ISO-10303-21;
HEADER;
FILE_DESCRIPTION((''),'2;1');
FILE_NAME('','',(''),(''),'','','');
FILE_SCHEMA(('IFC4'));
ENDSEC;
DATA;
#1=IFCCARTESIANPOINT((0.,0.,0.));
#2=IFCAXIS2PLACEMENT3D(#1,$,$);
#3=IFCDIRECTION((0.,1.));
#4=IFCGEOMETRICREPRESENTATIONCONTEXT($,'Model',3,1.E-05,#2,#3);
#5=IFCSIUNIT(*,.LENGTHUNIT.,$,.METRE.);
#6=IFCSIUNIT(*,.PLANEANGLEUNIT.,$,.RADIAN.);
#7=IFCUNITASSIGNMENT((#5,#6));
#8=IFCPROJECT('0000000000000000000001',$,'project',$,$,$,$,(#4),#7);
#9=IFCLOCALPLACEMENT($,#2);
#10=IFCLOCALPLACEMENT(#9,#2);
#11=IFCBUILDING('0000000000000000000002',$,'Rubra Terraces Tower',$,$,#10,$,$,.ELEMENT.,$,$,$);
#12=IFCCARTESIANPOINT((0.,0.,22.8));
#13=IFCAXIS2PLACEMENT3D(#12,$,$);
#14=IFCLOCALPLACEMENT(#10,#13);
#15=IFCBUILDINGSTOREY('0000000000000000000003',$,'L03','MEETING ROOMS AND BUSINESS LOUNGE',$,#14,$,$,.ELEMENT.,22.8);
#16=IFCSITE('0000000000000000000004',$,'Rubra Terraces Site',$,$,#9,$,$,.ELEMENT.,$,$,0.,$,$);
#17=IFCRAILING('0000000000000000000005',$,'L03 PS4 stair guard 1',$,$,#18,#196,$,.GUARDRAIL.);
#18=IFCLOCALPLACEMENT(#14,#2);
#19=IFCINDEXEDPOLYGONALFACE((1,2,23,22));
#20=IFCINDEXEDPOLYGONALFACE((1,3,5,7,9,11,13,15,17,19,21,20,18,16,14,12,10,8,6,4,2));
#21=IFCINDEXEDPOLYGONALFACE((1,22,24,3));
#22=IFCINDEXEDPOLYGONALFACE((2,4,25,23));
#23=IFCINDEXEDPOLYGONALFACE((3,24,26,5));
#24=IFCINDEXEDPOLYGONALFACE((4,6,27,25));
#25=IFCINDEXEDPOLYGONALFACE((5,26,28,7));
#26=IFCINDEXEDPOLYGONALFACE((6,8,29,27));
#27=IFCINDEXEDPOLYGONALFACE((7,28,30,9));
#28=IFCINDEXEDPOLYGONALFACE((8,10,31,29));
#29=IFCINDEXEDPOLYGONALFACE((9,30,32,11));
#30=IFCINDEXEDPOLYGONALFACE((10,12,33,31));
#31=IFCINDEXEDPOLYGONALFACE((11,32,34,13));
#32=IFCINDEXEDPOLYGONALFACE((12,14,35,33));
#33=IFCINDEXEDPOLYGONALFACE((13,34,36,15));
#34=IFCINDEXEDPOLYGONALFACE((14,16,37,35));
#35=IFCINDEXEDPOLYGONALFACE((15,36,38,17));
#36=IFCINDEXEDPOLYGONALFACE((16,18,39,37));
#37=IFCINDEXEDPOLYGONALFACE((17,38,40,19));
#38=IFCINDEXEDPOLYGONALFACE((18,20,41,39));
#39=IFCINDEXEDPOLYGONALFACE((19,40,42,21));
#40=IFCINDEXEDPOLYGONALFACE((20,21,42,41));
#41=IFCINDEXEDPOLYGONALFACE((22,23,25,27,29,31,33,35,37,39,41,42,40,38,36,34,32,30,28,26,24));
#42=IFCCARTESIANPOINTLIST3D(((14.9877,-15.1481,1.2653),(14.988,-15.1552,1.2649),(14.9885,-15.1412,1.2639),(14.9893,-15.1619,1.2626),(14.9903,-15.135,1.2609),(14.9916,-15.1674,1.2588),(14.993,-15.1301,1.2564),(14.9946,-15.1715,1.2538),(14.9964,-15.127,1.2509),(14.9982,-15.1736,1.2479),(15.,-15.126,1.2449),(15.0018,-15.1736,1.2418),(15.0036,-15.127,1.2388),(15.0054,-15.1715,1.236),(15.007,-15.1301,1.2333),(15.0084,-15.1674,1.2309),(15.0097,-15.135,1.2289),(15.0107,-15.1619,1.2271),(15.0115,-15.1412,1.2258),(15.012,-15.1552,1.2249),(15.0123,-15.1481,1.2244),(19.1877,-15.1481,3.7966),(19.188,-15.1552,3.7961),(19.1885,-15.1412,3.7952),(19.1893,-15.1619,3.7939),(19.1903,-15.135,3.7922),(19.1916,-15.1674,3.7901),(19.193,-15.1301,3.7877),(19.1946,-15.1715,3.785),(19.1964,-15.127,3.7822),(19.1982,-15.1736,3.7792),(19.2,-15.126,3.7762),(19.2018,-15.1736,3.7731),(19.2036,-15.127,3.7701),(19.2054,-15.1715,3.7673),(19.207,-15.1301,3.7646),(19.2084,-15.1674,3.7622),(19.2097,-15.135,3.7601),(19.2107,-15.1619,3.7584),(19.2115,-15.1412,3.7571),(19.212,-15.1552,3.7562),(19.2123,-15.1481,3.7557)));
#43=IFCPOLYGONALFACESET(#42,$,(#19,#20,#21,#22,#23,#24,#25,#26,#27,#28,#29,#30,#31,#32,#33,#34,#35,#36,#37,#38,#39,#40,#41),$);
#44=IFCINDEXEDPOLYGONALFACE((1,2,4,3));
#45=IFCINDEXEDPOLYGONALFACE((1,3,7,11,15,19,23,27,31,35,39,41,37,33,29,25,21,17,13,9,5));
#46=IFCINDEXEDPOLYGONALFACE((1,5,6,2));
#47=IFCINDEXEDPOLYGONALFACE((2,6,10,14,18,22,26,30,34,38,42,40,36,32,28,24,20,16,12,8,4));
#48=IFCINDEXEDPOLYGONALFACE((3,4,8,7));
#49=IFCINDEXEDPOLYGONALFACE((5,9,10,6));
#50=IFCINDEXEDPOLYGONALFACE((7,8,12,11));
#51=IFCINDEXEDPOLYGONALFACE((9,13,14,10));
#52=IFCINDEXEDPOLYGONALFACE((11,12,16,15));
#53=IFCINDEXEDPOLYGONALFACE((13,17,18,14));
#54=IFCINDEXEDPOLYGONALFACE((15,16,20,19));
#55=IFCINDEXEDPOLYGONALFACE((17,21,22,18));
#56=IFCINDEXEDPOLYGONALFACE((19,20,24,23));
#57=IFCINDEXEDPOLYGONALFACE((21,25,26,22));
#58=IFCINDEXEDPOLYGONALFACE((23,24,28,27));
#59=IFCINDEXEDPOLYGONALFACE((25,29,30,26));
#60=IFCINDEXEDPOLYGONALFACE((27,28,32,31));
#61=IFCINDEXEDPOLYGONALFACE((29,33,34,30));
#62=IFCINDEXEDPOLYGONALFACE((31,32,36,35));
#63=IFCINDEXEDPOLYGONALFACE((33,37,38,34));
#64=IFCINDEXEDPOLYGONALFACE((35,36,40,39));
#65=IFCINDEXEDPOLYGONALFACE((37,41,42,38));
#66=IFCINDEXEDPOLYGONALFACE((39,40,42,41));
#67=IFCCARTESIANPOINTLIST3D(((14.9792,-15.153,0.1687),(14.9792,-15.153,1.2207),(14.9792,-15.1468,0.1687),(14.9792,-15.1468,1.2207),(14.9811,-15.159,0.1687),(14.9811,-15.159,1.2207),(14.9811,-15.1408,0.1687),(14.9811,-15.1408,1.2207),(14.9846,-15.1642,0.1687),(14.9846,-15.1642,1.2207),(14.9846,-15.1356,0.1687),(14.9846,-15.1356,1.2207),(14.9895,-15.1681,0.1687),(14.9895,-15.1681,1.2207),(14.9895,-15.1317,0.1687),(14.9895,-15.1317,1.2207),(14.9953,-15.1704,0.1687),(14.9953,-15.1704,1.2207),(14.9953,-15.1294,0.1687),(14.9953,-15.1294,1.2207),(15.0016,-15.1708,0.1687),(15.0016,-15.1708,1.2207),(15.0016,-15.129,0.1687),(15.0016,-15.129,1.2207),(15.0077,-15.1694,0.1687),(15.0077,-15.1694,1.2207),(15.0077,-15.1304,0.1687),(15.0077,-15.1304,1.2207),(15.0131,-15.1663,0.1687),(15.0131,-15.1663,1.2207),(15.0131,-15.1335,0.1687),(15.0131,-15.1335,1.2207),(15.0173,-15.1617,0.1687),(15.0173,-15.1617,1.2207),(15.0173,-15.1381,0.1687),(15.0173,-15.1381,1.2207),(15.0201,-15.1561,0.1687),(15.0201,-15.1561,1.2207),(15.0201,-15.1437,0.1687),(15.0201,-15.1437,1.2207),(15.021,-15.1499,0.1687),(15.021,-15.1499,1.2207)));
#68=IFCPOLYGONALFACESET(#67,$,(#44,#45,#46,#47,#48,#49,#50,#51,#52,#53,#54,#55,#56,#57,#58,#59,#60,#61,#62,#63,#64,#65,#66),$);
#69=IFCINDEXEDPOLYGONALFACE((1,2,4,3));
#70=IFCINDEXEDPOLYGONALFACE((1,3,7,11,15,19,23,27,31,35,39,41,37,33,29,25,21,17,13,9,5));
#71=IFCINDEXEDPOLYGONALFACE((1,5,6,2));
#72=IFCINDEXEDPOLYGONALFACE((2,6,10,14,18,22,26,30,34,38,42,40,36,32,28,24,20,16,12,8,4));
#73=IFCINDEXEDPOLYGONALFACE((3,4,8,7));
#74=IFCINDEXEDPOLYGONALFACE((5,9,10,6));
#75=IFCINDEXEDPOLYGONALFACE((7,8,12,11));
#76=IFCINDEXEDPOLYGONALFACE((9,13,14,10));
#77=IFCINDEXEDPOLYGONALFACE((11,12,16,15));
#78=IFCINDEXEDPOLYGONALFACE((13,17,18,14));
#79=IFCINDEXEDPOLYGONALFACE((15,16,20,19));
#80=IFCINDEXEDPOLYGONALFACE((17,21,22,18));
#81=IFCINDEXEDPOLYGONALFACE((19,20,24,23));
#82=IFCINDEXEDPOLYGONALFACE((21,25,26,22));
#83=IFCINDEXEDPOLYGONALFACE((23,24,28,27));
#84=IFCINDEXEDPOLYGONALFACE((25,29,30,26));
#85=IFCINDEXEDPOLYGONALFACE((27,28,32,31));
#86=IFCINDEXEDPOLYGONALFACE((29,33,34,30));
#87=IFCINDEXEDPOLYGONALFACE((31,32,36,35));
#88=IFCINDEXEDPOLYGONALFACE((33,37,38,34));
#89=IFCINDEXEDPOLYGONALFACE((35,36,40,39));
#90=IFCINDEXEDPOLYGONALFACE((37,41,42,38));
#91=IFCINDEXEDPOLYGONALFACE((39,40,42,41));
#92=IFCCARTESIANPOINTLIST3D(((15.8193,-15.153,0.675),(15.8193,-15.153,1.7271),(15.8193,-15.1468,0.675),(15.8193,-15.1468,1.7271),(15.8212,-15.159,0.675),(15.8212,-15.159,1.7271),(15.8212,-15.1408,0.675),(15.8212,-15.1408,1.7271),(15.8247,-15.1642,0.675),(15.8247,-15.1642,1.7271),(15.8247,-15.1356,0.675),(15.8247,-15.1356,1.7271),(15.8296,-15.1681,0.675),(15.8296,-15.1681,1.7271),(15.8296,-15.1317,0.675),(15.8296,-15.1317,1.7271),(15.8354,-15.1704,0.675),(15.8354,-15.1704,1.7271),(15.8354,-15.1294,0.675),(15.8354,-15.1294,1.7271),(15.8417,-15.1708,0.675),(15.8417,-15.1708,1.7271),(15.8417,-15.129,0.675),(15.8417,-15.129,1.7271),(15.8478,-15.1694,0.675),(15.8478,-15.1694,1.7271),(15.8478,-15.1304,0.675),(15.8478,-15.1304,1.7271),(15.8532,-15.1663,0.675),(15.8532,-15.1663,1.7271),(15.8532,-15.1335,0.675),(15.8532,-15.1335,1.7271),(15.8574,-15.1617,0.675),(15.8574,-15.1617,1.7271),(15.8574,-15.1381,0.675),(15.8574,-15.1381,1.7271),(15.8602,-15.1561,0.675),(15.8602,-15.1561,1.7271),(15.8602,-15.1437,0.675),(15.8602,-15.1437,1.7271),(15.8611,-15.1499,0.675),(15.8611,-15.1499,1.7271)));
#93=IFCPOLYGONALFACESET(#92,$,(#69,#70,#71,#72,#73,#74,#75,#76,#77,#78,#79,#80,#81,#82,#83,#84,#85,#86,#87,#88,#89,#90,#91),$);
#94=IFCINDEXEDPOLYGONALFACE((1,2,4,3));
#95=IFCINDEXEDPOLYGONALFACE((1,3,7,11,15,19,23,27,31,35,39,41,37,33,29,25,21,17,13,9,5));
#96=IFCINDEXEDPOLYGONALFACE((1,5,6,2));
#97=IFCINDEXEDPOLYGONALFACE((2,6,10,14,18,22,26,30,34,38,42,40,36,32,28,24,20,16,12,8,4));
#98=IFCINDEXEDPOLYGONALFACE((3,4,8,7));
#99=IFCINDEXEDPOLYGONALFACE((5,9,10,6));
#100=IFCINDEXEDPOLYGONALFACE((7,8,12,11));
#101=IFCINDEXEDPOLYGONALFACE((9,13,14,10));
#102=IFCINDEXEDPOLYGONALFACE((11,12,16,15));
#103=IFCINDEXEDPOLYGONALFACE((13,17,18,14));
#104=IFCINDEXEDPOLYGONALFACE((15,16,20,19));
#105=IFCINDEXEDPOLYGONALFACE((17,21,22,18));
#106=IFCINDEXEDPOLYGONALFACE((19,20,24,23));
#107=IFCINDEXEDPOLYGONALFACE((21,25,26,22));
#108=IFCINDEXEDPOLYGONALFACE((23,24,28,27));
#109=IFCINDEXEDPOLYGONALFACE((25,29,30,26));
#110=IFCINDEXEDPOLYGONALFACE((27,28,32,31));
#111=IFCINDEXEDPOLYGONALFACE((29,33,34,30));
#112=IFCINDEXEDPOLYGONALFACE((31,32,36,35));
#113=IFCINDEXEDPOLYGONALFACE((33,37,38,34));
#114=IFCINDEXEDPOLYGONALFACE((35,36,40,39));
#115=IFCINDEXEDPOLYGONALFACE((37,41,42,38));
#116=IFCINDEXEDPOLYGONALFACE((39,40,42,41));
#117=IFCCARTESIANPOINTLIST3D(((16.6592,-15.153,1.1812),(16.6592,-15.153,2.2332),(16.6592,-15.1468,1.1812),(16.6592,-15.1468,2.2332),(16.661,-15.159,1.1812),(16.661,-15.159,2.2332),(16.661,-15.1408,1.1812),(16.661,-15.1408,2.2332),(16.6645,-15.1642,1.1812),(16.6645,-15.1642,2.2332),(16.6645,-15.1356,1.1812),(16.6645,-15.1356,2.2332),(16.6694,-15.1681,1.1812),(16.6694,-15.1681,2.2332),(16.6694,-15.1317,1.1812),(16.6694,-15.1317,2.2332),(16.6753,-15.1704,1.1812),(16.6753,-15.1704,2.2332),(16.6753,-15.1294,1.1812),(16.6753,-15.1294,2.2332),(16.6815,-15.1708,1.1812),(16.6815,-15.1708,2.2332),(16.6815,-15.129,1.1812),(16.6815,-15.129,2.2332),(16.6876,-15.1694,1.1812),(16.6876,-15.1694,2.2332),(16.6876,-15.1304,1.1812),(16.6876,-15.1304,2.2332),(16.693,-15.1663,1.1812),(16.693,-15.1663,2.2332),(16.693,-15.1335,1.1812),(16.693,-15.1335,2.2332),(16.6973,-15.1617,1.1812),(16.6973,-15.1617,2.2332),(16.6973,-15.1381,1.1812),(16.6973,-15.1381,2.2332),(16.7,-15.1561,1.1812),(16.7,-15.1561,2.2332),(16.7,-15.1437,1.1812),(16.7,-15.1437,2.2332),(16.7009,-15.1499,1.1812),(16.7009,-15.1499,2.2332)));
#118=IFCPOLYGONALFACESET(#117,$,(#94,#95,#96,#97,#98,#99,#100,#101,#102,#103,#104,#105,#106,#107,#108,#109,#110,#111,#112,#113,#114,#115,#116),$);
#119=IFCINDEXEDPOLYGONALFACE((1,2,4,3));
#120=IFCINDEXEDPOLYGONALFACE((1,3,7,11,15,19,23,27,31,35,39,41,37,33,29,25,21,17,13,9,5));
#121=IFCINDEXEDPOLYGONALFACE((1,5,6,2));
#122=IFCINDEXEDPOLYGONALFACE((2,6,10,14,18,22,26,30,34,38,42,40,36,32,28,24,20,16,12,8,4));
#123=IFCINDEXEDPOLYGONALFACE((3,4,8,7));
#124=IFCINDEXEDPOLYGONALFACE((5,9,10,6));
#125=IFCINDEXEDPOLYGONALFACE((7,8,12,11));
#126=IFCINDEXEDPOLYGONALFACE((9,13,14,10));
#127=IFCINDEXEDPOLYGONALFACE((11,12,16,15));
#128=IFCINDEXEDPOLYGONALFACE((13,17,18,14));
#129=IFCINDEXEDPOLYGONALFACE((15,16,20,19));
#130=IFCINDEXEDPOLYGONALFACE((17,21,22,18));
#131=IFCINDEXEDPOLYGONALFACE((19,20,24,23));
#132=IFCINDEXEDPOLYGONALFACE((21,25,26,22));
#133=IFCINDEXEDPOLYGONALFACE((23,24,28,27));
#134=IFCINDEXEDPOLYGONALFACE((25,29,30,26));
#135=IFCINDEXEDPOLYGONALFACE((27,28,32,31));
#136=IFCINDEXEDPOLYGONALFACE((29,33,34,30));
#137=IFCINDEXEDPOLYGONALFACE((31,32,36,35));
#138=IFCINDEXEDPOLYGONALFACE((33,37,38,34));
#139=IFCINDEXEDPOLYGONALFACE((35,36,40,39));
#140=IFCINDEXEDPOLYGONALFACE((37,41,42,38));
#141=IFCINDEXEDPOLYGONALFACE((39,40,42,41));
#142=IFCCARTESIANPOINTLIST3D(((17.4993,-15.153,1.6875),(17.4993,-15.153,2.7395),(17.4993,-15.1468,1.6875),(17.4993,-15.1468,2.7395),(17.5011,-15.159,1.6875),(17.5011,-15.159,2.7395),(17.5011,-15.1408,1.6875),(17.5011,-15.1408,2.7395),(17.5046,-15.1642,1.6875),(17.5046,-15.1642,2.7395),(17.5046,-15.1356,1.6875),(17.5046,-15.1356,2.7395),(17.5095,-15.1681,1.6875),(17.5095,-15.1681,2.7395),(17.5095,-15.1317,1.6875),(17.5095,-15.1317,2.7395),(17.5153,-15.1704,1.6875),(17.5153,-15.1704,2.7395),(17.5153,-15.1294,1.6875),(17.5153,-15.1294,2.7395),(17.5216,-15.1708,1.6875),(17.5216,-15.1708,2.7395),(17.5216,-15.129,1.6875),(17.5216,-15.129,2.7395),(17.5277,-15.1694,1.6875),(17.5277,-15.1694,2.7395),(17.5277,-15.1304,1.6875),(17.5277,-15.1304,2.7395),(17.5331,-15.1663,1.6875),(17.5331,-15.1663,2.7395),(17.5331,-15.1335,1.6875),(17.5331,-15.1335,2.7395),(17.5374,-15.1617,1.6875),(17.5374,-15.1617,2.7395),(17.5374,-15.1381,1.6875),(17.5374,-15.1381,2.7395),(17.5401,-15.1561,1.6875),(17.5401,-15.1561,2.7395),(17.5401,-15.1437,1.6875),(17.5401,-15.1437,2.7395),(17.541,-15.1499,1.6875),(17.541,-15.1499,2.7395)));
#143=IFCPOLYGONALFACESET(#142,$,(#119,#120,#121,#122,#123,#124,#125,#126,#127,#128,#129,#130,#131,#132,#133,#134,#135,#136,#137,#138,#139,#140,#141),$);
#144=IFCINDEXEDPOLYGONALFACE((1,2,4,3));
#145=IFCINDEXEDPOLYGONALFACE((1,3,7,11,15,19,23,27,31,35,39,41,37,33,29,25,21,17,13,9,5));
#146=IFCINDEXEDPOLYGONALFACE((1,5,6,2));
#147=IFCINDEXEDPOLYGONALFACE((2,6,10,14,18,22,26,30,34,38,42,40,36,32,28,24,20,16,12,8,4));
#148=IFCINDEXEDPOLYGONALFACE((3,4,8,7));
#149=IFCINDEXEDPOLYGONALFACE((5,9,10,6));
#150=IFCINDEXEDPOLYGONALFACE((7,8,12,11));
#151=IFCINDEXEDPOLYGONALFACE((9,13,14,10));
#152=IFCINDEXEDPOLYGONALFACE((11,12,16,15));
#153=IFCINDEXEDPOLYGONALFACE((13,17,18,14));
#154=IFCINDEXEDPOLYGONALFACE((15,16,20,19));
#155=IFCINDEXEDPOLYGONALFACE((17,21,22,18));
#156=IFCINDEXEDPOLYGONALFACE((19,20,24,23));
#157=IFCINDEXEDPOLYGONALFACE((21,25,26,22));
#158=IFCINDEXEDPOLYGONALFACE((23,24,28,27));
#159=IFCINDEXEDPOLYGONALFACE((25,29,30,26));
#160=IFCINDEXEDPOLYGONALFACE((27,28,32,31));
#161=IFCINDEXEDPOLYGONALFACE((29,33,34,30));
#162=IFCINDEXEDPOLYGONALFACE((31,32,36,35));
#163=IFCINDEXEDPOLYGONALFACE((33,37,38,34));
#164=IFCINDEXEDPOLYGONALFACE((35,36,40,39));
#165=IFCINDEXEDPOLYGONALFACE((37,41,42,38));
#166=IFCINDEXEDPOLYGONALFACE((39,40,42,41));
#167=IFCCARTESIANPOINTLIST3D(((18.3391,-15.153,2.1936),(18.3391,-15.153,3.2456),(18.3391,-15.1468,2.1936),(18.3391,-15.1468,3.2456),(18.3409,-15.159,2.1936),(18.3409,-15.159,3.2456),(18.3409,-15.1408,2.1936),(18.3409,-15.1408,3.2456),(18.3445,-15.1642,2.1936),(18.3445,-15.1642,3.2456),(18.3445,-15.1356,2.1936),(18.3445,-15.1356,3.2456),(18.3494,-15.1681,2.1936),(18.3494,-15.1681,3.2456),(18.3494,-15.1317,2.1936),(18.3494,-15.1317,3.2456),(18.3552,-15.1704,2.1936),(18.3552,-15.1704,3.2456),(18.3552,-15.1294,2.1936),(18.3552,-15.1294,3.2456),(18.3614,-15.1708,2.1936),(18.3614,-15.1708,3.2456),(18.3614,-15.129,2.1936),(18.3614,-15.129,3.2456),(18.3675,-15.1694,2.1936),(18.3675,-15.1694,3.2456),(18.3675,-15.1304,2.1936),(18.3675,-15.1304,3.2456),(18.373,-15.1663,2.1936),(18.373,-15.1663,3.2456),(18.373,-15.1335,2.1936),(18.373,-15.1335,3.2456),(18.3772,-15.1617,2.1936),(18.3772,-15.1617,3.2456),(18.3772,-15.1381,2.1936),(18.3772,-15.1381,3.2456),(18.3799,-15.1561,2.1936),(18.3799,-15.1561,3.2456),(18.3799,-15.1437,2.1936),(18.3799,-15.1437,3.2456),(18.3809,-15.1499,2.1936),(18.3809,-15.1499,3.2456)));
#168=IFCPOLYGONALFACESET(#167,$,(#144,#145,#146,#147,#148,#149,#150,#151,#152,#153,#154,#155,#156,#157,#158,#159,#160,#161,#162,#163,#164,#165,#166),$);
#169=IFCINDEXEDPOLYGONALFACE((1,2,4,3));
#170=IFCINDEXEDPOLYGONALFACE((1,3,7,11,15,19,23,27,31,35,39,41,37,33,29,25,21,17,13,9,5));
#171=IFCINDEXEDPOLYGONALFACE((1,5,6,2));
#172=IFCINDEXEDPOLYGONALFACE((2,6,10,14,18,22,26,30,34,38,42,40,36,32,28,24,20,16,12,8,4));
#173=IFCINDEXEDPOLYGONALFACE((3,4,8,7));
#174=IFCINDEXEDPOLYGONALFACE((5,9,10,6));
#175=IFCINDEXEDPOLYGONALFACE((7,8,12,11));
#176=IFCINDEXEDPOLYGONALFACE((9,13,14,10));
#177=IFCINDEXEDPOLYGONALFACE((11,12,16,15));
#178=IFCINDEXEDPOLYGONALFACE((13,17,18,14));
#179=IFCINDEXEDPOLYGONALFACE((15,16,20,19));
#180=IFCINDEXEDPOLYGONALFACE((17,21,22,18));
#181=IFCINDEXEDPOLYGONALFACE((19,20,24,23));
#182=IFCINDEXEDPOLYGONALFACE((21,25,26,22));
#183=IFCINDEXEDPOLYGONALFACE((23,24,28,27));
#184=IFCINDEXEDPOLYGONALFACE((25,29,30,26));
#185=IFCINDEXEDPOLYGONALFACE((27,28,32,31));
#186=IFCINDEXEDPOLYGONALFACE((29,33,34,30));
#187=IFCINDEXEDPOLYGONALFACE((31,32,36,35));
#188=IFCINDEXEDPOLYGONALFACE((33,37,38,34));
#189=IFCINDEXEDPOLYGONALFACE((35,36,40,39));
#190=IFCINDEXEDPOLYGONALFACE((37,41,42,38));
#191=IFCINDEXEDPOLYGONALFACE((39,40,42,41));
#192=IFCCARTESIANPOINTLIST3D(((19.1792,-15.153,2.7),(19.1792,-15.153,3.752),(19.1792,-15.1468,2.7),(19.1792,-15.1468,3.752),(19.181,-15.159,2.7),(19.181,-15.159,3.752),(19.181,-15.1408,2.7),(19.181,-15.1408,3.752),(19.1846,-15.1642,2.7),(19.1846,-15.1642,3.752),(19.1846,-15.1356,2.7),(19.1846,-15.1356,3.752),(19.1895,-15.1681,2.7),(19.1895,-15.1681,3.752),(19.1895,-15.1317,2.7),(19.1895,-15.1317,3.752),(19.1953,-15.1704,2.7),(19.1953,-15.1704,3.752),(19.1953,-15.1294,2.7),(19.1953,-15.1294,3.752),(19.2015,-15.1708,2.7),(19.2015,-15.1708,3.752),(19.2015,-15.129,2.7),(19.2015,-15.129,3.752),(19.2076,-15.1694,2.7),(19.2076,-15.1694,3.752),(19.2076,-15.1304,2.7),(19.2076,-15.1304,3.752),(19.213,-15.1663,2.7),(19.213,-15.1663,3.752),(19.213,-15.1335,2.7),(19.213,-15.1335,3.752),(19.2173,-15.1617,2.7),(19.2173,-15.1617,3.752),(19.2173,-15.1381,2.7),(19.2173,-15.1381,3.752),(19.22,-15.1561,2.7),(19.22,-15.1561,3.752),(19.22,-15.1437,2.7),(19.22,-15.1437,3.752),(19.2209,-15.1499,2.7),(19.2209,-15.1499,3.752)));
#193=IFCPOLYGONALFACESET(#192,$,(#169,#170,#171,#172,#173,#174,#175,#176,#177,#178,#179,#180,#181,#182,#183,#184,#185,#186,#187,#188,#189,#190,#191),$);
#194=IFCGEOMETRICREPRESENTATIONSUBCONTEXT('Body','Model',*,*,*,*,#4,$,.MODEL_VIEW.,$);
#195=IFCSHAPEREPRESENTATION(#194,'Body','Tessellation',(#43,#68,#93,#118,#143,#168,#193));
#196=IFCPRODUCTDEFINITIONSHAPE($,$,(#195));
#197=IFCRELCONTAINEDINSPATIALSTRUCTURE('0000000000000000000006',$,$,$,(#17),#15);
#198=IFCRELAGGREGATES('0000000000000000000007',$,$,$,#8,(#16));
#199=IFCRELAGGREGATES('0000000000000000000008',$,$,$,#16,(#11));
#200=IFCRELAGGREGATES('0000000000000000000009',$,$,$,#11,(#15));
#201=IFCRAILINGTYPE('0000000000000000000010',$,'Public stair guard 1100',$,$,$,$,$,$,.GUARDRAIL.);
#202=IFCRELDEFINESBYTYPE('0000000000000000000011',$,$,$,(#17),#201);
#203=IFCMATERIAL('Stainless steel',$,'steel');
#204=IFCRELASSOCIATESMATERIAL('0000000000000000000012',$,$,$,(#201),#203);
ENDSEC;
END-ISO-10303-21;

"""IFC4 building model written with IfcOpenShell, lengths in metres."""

from ifc_helpers import new_model, si_unit, direction, frame, origin, origin_2d, place, context, subcontext, project, spatial, circle, extrude, material, type_object, element, save


model = new_model("IFC4")

# Units and contexts
model_context = context("Model", 3, precision=1e-05, world=origin(), true_north=direction((0.0, 1.0)))
body_context = subcontext(model_context, "Body", "Model", "MODEL_VIEW")
ifc_project = project(units=[si_unit("LENGTHUNIT", "METRE"), si_unit("PLANEANGLEUNIT", "RADIAN")], contexts=[model_context])

# Site, building, storey
site_placement = place(None, origin())
site = spatial("IfcSite", under=ifc_project, at=site_placement, Name="Rubra Terraces Site", CompositionType="ELEMENT", RefElevation=0.0)
building_placement = place(site_placement, origin())
building = spatial("IfcBuilding", under=site, at=building_placement, Name="Rubra Terraces Tower", CompositionType="ELEMENT")
storey_placement = place(building_placement, frame((0.0, 0.0, 22.8)))
storey = spatial("IfcBuildingStorey", under=building, at=storey_placement, Name="L03", Description="MEETING ROOMS AND BUSINESS LOUNGE", CompositionType="ELEMENT", Elevation=22.8)

# Railing
ifc_material_1 = material(Name="Stainless steel", Category="steel")
railing_type_1 = type_object("IfcRailingType", Name="Public stair guard 1100", PredefinedType="GUARDRAIL", material=ifc_material_1)
railing_1_placement = place(storey_placement, frame((15.0, -15.1499, 0.1687)))
element("IfcRailing", 1, at=railing_1_placement, inside=storey, type_object=railing_type_1, Name="L03 PS4 stair guard 1", PredefinedType="GUARDRAIL", context=body_context, shape_type="SweptSolid", body=[
    extrude(circle(Radius=0.0239, at=origin_2d()), frame((0.0, 0.0, 1.0762), z_axis=(0.856476, 0.0, 0.516186), x_axis=(0.0, 1.0, 0.0)), (0.0, 0.0, 1.0), 4.9038),
    extrude(circle(Radius=0.021, at=origin_2d()), origin(), (0.0, 0.0, 1.0), 1.052),
    extrude(circle(Radius=0.021, at=origin_2d()), frame((0.8401, 0.0, 0.5063)), (0.0, 0.0, 1.0), 1.052),
    extrude(circle(Radius=0.021, at=origin_2d()), frame((1.6799, 0.0, 1.0125)), (0.0, 0.0, 1.0), 1.052),
    extrude(circle(Radius=0.021, at=origin_2d()), frame((2.52, 0.0, 1.5188)), (0.0, 0.0, 1.0), 1.052),
    extrude(circle(Radius=0.021, at=origin_2d()), frame((3.3599, 0.0, 2.0249)), (0.0, 0.0, 1.0), 1.052),
    extrude(circle(Radius=0.021, at=origin_2d()), frame((4.2, 0.0, 2.5312)), (0.0, 0.0, 1.0), 1.052),
])

save(model, "model.ifc")
